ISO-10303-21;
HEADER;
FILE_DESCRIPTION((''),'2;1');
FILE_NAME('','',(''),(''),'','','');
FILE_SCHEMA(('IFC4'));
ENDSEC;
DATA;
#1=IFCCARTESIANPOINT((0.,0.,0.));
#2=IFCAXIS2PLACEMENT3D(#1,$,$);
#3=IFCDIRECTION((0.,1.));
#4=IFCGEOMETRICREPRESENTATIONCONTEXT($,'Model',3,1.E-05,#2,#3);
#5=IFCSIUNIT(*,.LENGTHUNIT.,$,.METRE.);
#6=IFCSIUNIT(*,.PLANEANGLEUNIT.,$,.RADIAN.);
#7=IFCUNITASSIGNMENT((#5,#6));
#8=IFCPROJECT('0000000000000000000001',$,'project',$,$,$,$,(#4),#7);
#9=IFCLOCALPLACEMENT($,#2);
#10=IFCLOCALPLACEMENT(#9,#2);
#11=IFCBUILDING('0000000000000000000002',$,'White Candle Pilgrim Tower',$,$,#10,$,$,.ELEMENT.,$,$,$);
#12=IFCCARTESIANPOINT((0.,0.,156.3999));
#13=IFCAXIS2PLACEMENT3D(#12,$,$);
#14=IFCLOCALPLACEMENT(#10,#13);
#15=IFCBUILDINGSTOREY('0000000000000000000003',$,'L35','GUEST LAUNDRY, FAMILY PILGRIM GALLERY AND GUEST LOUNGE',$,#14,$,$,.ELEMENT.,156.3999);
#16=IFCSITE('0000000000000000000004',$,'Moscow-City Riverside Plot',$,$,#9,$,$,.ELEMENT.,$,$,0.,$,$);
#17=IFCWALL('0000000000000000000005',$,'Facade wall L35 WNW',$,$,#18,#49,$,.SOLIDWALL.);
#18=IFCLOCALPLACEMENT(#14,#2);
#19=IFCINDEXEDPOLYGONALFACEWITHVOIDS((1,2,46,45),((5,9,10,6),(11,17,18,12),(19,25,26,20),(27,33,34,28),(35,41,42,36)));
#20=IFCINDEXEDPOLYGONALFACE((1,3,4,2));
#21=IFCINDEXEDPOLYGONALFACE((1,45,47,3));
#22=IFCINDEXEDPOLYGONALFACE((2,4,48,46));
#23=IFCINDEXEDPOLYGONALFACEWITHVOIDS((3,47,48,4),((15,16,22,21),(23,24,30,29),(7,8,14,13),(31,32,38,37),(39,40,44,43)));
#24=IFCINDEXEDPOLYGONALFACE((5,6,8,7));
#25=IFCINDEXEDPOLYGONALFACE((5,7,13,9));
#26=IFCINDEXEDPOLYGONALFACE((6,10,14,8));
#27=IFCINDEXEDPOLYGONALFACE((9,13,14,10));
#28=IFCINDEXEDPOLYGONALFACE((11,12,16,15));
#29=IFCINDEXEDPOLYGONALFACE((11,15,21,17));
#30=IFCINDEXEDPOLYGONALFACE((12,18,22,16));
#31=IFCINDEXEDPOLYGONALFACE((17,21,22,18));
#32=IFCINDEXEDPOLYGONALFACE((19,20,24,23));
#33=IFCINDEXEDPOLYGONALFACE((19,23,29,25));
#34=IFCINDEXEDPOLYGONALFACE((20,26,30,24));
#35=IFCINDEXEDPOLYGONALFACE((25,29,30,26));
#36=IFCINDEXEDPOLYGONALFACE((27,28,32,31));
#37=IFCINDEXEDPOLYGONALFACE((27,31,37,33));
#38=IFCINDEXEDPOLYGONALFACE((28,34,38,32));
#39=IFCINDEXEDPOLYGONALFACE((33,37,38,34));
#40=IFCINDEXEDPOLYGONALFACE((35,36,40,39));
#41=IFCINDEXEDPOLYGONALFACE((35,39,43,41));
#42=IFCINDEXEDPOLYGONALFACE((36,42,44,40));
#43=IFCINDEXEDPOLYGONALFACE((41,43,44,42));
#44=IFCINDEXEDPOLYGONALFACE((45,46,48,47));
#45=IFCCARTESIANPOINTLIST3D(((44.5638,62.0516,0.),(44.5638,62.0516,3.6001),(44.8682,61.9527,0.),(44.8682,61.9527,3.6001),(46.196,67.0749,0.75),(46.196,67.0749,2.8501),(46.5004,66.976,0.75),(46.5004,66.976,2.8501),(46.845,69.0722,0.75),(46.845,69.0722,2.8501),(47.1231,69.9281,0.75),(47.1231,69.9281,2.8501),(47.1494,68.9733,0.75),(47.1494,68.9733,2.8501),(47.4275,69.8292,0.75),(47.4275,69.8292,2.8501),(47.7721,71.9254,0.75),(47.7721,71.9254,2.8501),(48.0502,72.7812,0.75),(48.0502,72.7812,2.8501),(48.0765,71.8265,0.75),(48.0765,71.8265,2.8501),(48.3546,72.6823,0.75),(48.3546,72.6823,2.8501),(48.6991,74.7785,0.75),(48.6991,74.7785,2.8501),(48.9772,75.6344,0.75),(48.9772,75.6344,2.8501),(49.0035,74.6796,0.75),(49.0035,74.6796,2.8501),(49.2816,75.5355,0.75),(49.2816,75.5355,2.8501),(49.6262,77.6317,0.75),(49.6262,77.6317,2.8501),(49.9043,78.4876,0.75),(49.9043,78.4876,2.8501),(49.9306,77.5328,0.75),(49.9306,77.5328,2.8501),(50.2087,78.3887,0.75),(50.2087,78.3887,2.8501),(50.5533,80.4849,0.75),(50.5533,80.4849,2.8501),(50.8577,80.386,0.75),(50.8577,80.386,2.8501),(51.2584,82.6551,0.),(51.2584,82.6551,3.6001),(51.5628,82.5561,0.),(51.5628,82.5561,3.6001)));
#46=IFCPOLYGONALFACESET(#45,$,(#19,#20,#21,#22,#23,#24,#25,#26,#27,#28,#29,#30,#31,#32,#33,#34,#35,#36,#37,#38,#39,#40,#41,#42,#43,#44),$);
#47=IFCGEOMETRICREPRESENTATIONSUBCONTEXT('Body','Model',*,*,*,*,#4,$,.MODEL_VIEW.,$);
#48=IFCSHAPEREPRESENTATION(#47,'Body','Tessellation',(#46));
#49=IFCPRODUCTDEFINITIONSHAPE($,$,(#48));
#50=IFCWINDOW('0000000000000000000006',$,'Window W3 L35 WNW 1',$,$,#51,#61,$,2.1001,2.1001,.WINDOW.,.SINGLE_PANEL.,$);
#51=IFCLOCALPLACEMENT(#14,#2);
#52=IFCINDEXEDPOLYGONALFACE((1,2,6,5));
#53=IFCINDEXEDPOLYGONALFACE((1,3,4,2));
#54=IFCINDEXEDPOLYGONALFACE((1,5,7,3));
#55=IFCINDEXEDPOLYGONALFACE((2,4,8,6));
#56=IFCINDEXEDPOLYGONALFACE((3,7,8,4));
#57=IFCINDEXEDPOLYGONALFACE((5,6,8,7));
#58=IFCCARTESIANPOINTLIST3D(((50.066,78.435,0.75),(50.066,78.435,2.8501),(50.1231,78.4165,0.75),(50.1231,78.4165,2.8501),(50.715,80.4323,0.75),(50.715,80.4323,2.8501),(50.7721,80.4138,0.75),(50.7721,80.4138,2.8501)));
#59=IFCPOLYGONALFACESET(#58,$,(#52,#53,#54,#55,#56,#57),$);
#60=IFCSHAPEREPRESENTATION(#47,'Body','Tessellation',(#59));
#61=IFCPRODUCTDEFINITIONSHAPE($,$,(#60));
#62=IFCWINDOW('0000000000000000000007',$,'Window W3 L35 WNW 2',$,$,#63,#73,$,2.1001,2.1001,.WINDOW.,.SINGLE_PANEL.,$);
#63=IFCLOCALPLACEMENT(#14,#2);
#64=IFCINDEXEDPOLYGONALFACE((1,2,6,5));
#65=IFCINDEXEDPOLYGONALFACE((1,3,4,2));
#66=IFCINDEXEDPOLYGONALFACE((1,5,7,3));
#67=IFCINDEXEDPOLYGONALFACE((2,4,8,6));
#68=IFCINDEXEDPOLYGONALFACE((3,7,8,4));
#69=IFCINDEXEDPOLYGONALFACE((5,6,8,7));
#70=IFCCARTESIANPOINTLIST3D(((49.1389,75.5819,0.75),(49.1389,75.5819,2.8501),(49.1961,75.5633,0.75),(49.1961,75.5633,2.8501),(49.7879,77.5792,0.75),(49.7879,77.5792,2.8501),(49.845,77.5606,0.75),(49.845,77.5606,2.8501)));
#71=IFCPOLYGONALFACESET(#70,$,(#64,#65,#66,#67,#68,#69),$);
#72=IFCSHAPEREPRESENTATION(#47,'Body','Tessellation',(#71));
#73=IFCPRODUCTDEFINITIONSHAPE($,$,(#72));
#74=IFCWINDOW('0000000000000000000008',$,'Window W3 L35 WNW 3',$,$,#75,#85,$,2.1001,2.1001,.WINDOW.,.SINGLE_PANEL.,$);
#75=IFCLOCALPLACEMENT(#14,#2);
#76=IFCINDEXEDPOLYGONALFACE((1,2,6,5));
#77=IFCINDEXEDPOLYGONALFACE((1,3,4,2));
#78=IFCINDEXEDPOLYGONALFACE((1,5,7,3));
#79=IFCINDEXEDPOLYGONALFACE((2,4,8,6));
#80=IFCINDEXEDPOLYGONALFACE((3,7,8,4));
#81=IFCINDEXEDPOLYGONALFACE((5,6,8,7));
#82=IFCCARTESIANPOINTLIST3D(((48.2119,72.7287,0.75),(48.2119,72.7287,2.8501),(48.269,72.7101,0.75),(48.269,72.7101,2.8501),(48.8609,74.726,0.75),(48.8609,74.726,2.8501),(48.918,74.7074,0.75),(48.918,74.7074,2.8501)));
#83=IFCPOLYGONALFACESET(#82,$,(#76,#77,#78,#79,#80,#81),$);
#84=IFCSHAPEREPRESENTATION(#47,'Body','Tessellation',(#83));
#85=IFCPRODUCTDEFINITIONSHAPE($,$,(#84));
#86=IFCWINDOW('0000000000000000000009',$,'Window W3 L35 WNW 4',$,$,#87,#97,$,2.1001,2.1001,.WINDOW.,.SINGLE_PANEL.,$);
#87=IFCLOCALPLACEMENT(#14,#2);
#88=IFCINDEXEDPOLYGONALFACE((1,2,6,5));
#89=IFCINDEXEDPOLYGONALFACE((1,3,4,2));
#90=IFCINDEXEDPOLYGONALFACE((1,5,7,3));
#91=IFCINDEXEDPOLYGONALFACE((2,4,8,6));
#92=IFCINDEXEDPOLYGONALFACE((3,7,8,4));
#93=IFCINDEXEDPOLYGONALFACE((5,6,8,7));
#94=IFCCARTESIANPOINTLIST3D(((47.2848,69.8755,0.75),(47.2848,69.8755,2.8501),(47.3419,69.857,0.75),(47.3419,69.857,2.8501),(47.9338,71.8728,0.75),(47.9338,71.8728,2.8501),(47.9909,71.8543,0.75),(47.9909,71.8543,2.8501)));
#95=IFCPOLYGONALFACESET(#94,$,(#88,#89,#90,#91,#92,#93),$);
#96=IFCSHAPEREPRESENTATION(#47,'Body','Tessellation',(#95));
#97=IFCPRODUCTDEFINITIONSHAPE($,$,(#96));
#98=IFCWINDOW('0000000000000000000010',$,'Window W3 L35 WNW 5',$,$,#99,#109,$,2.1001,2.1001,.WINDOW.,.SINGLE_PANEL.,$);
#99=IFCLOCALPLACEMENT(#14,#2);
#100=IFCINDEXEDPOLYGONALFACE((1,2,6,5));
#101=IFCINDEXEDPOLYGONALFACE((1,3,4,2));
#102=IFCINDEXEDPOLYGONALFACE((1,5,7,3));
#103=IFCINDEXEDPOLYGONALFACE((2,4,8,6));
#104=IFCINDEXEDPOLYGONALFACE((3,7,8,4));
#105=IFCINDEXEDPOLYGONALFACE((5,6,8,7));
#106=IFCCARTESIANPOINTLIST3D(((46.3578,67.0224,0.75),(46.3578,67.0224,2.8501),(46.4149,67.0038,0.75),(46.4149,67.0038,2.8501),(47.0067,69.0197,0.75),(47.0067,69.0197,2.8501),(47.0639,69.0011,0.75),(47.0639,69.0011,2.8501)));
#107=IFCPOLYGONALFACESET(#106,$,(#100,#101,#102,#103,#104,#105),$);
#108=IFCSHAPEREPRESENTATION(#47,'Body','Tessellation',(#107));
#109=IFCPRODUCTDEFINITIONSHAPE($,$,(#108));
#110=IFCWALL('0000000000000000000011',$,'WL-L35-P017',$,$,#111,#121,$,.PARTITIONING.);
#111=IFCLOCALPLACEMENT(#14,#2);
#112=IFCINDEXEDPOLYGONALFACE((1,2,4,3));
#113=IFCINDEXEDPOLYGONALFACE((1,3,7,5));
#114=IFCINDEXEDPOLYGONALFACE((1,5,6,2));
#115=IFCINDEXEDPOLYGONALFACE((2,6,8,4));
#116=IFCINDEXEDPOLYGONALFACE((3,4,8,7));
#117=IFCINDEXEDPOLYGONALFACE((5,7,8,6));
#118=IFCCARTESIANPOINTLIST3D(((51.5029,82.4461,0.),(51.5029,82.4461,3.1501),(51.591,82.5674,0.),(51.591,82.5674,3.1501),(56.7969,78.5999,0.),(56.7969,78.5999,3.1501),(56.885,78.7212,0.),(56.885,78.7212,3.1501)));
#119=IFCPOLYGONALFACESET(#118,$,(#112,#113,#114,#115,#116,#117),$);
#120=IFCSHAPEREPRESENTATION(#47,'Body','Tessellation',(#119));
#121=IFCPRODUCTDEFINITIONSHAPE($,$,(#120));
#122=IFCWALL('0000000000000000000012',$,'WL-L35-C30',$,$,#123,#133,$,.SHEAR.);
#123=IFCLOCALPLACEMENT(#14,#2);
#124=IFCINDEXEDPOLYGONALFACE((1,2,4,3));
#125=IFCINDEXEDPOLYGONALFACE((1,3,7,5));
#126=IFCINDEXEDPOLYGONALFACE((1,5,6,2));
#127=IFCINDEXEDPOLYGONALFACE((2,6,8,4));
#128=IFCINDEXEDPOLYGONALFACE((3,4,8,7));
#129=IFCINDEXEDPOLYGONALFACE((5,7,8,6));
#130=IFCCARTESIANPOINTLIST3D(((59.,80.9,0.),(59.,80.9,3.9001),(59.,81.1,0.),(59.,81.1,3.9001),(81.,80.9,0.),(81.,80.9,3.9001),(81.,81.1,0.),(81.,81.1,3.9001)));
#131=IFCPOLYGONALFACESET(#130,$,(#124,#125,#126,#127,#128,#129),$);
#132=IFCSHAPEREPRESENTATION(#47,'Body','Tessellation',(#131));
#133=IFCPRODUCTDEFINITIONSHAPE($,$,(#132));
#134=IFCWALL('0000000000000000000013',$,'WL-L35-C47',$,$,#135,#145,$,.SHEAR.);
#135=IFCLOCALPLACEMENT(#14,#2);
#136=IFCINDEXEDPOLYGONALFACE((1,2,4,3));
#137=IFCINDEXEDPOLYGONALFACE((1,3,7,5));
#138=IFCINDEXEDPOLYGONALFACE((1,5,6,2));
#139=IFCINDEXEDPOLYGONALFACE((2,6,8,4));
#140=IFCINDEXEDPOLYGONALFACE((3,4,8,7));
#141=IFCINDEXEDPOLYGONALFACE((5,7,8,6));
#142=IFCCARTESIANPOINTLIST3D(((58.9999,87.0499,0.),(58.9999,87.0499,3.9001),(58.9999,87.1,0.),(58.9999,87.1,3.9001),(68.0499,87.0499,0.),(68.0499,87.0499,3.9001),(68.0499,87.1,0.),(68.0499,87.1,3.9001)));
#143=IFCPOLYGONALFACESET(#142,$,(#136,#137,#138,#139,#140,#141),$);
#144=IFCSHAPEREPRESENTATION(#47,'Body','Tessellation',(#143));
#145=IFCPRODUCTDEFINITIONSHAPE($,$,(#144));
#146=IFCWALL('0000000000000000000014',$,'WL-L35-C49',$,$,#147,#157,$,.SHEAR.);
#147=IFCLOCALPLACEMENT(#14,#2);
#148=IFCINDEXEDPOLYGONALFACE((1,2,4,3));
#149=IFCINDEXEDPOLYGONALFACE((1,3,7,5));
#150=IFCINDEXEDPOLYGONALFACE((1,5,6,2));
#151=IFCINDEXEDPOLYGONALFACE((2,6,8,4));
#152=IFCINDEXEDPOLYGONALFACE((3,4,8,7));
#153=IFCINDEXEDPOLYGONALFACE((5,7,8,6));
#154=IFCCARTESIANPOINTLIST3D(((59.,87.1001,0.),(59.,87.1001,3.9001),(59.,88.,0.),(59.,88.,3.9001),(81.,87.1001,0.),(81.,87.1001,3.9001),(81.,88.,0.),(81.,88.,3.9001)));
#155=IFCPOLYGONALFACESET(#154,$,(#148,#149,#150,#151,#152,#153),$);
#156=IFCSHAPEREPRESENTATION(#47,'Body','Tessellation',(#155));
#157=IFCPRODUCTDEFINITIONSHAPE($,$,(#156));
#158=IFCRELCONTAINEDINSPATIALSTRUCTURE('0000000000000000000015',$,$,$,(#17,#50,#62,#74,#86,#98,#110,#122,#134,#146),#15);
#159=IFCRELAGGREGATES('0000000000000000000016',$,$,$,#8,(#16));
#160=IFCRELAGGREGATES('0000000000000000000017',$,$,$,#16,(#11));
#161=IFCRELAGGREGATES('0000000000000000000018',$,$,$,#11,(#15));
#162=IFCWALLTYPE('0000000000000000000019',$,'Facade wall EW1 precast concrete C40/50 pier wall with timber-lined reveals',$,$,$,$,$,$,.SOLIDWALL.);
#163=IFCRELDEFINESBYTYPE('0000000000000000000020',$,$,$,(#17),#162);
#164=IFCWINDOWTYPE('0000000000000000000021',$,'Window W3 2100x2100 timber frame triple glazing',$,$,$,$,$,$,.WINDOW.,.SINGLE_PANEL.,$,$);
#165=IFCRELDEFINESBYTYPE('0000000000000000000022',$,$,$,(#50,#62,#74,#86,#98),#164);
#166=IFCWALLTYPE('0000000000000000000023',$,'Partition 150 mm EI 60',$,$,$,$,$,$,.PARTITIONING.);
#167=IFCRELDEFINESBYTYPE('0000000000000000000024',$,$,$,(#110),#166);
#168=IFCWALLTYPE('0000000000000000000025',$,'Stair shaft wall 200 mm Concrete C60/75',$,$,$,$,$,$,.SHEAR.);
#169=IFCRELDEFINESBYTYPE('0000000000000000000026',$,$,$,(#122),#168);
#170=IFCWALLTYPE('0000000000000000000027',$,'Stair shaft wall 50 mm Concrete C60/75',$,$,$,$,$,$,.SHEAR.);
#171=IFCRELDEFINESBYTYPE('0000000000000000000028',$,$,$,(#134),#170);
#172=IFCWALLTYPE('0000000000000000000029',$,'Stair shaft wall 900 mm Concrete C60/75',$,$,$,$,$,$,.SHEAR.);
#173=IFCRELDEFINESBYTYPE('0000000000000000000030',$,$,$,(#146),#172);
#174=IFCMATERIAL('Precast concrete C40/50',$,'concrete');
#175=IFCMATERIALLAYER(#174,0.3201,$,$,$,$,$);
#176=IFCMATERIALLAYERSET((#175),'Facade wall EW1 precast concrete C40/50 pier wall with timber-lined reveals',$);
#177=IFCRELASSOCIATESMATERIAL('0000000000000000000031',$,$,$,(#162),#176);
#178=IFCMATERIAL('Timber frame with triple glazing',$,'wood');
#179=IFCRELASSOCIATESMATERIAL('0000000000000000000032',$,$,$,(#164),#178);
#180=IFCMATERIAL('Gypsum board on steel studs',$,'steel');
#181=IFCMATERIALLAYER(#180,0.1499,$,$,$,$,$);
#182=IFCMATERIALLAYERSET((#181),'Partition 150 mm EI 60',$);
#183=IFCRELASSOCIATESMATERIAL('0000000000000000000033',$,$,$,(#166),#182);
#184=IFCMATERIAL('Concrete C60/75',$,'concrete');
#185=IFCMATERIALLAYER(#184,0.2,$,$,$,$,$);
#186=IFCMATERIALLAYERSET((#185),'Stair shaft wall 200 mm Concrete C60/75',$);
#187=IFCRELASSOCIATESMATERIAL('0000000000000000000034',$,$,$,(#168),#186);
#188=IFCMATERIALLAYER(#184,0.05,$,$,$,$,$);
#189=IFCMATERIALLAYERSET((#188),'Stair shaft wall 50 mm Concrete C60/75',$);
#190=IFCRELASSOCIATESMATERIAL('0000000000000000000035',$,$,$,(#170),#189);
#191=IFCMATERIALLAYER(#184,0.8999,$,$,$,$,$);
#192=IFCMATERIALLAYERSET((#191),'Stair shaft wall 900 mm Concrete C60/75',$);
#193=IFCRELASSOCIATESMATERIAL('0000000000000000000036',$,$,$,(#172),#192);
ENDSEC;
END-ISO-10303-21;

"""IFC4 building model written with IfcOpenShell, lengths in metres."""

from ifc_helpers import new_model, si_unit, direction, frame, frame_2d, origin, place, context, subcontext, project, spatial, rectangle, extrude, material, layer, layer_set, type_object, element, fill, save


model = new_model("IFC4")

# Units and contexts
model_context = context("Model", 3, precision=1e-05, world=origin(), true_north=direction((0.0, 1.0)))
body_context = subcontext(model_context, "Body", "Model", "MODEL_VIEW")
ifc_project = project(units=[si_unit("LENGTHUNIT", "METRE"), si_unit("PLANEANGLEUNIT", "RADIAN")], contexts=[model_context])

# Site, building, storey
site_placement = place(None, origin())
site = spatial("IfcSite", under=ifc_project, at=site_placement, Name="Moscow-City Riverside Plot", CompositionType="ELEMENT", RefElevation=0.0)
building_placement = place(site_placement, origin())
building = spatial("IfcBuilding", under=site, at=building_placement, Name="White Candle Pilgrim Tower", CompositionType="ELEMENT")
storey_placement = place(building_placement, frame((0.0, 0.0, 156.3999)))
storey = spatial("IfcBuildingStorey", under=building, at=storey_placement, Name="L35", Description="GUEST LAUNDRY, FAMILY PILGRIM GALLERY AND GUEST LOUNGE", CompositionType="ELEMENT", Elevation=156.3999)

# Shared definitions
ifc_material_1 = material(Name="Concrete C60/75", Category="concrete")

# Shared definitions
ifc_material_2 = material(Name="Precast concrete C40/50", Category="concrete")
ifc_layer_1 = layer(ifc_material_2, 0.3201)
ifc_layer_set_1 = layer_set([ifc_layer_1], Name="Facade wall EW1 precast concrete C40/50 pier wall with timber-lined reveals")
wall_type_1 = type_object("IfcWallType", Name="Facade wall EW1 precast concrete C40/50 pier wall with timber-lined reveals", PredefinedType="SOLIDWALL", material=ifc_layer_set_1)

# Wall, openings, windows
ifc_material_3 = material(Name="Timber frame with triple glazing", Category="wood")
wall_1_placement = place(storey_placement, frame((51.4106, 82.6057, 0.0), z_axis=(0.0, 0.0, 1.0), x_axis=(-0.309021, -0.951055, 0.0)))
wall_1 = element("IfcWall", 1, at=wall_1_placement, inside=storey, type_object=wall_type_1, Name="Facade wall L35 WNW", PredefinedType="SOLIDWALL", context=body_context, shape_type="SweptSolid", body=[
    extrude(rectangle(XDim=21.6638, YDim=0.3201, at=frame_2d((10.832, 0.0))), origin(), (0.0, 0.0, 1.0), 3.6001),
])
opening_1_placement = place(wall_1_placement, frame((2.282, 0.0, 0.75)))
opening_1 = element("IfcOpeningElement", 2, at=opening_1_placement, cuts=wall_1, PredefinedType="OPENING", context=body_context, shape_type="SweptSolid", body=[
    extrude(rectangle(XDim=2.1001, YDim=2.1001, at=frame_2d((1.05, 1.05))), frame((0.0, 0.1699, 0.0), z_axis=(0.0, -1.0, 0.0), x_axis=(1.0, 0.0, 0.0)), (0.0, 0.0, 1.0), 0.3401),
])
opening_2_placement = place(wall_1_placement, frame((5.282, 0.0, 0.75)))
opening_2 = element("IfcOpeningElement", 3, at=opening_2_placement, cuts=wall_1, PredefinedType="OPENING", context=body_context, shape_type="SweptSolid", body=[
    extrude(rectangle(XDim=2.1001, YDim=2.1001, at=frame_2d((1.05, 1.05))), frame((0.0, 0.1699, 0.0), z_axis=(0.0, -1.0, 0.0), x_axis=(1.0, 0.0, 0.0)), (0.0, 0.0, 1.0), 0.3401),
])
opening_3_placement = place(wall_1_placement, frame((8.282, 0.0, 0.75)))
opening_3 = element("IfcOpeningElement", 4, at=opening_3_placement, cuts=wall_1, PredefinedType="OPENING", context=body_context, shape_type="SweptSolid", body=[
    extrude(rectangle(XDim=2.1001, YDim=2.1001, at=frame_2d((1.05, 1.05))), frame((0.0, 0.1699, 0.0), z_axis=(0.0, -1.0, 0.0), x_axis=(1.0, 0.0, 0.0)), (0.0, 0.0, 1.0), 0.3401),
])
opening_4_placement = place(wall_1_placement, frame((11.282, 0.0, 0.75)))
opening_4 = element("IfcOpeningElement", 5, at=opening_4_placement, cuts=wall_1, PredefinedType="OPENING", context=body_context, shape_type="SweptSolid", body=[
    extrude(rectangle(XDim=2.1001, YDim=2.1001, at=frame_2d((1.05, 1.05))), frame((0.0, 0.1699, 0.0), z_axis=(0.0, -1.0, 0.0), x_axis=(1.0, 0.0, 0.0)), (0.0, 0.0, 1.0), 0.3401),
])
opening_5_placement = place(wall_1_placement, frame((14.282, 0.0, 0.75)))
opening_5 = element("IfcOpeningElement", 6, at=opening_5_placement, cuts=wall_1, PredefinedType="OPENING", context=body_context, shape_type="SweptSolid", body=[
    extrude(rectangle(XDim=2.1001, YDim=2.1001, at=frame_2d((1.05, 1.05))), frame((0.0, 0.1699, 0.0), z_axis=(0.0, -1.0, 0.0), x_axis=(1.0, 0.0, 0.0)), (0.0, 0.0, 1.0), 0.3401),
])
window_type_1 = type_object("IfcWindowType", Name="Window W3 2100x2100 timber frame triple glazing", PartitioningType="SINGLE_PANEL", PredefinedType="WINDOW", material=ifc_material_3)
window_1_placement = place(opening_1_placement, origin())
window_1 = element("IfcWindow", 7, at=window_1_placement, inside=storey, type_object=window_type_1, Name="Window W3 L35 WNW 1", OverallHeight=2.1001, OverallWidth=2.1001, PartitioningType="SINGLE_PANEL", PredefinedType="WINDOW", context=body_context, shape_type="SweptSolid", body=[
    extrude(rectangle(XDim=2.1001, YDim=2.1001, at=frame_2d((1.05, 1.05))), frame((0.0, 0.0701, 0.0), z_axis=(0.0, -1.0, 0.0), x_axis=(1.0, 0.0, 0.0)), (0.0, 0.0, 1.0), 0.0601),
])
fill(opening_1, window_1)
window_2_placement = place(opening_2_placement, origin())
window_2 = element("IfcWindow", 8, at=window_2_placement, inside=storey, type_object=window_type_1, Name="Window W3 L35 WNW 2", OverallHeight=2.1001, OverallWidth=2.1001, PartitioningType="SINGLE_PANEL", PredefinedType="WINDOW", context=body_context, shape_type="SweptSolid", body=[
    extrude(rectangle(XDim=2.1001, YDim=2.1001, at=frame_2d((1.05, 1.05))), frame((0.0, 0.0701, 0.0), z_axis=(0.0, -1.0, 0.0), x_axis=(1.0, 0.0, 0.0)), (0.0, 0.0, 1.0), 0.0601),
])
fill(opening_2, window_2)
window_3_placement = place(opening_3_placement, origin())
window_3 = element("IfcWindow", 9, at=window_3_placement, inside=storey, type_object=window_type_1, Name="Window W3 L35 WNW 3", OverallHeight=2.1001, OverallWidth=2.1001, PartitioningType="SINGLE_PANEL", PredefinedType="WINDOW", context=body_context, shape_type="SweptSolid", body=[
    extrude(rectangle(XDim=2.1001, YDim=2.1001, at=frame_2d((1.05, 1.05))), frame((0.0, 0.0701, 0.0), z_axis=(0.0, -1.0, 0.0), x_axis=(1.0, 0.0, 0.0)), (0.0, 0.0, 1.0), 0.0601),
])
fill(opening_3, window_3)
window_4_placement = place(opening_4_placement, origin())
window_4 = element("IfcWindow", 10, at=window_4_placement, inside=storey, type_object=window_type_1, Name="Window W3 L35 WNW 4", OverallHeight=2.1001, OverallWidth=2.1001, PartitioningType="SINGLE_PANEL", PredefinedType="WINDOW", context=body_context, shape_type="SweptSolid", body=[
    extrude(rectangle(XDim=2.1001, YDim=2.1001, at=frame_2d((1.05, 1.05))), frame((0.0, 0.0701, 0.0), z_axis=(0.0, -1.0, 0.0), x_axis=(1.0, 0.0, 0.0)), (0.0, 0.0, 1.0), 0.0601),
])
fill(opening_4, window_4)
window_5_placement = place(opening_5_placement, origin())
window_5 = element("IfcWindow", 11, at=window_5_placement, inside=storey, type_object=window_type_1, Name="Window W3 L35 WNW 5", OverallHeight=2.1001, OverallWidth=2.1001, PartitioningType="SINGLE_PANEL", PredefinedType="WINDOW", context=body_context, shape_type="SweptSolid", body=[
    extrude(rectangle(XDim=2.1001, YDim=2.1001, at=frame_2d((1.05, 1.05))), frame((0.0, 0.0701, 0.0), z_axis=(0.0, -1.0, 0.0), x_axis=(1.0, 0.0, 0.0)), (0.0, 0.0, 1.0), 0.0601),
])
fill(opening_5, window_5)

# Walls
ifc_material_4 = material(Name="Gypsum board on steel studs", Category="steel")
ifc_layer_2 = layer(ifc_material_4, 0.1499)
ifc_layer_set_2 = layer_set([ifc_layer_2], Name="Partition 150 mm EI 60")
wall_type_2 = type_object("IfcWallType", Name="Partition 150 mm EI 60", PredefinedType="PARTITIONING", material=ifc_layer_set_2)
wall_2_placement = place(storey_placement, frame((51.5469, 82.5068, 0.0), z_axis=(0.0, 0.0, 1.0), x_axis=(0.809023, -0.587777, 0.0)))
element("IfcWall", 12, at=wall_2_placement, inside=storey, type_object=wall_type_2, Name="WL-L35-P017", PredefinedType="PARTITIONING", context=body_context, shape_type="SweptSolid", body=[
    extrude(rectangle(XDim=6.5437, YDim=0.1499, at=frame_2d((3.272, 0.0))), origin(), (0.0, 0.0, 1.0), 3.1501),
])
ifc_layer_3 = layer(ifc_material_1, 0.2)
ifc_layer_set_3 = layer_set([ifc_layer_3], Name="Stair shaft wall 200 mm Concrete C60/75")
wall_type_3 = type_object("IfcWallType", Name="Stair shaft wall 200 mm Concrete C60/75", PredefinedType="SHEAR", material=ifc_layer_set_3)
wall_3_placement = place(storey_placement, frame((59.0, 81.0, 0.0), z_axis=(0.0, 0.0, 1.0), x_axis=(1.0, 0.0, 0.0)))
element("IfcWall", 13, at=wall_3_placement, inside=storey, type_object=wall_type_3, Name="WL-L35-C30", PredefinedType="SHEAR", context=body_context, shape_type="SweptSolid", body=[
    extrude(rectangle(XDim=22.0, YDim=0.2, at=frame_2d((11.0, 0.0))), origin(), (0.0, 0.0, 1.0), 3.9001),
])
ifc_layer_4 = layer(ifc_material_1, 0.05)
ifc_layer_set_4 = layer_set([ifc_layer_4], Name="Stair shaft wall 50 mm Concrete C60/75")
wall_type_4 = type_object("IfcWallType", Name="Stair shaft wall 50 mm Concrete C60/75", PredefinedType="SHEAR", material=ifc_layer_set_4)
wall_4_placement = place(storey_placement, frame((59.0, 87.075, 0.0), z_axis=(0.0, 0.0, 1.0), x_axis=(1.0, 0.0, 0.0)))
element("IfcWall", 14, at=wall_4_placement, inside=storey, type_object=wall_type_4, Name="WL-L35-C47", PredefinedType="SHEAR", context=body_context, shape_type="SweptSolid", body=[
    extrude(rectangle(XDim=9.05, YDim=0.05, at=frame_2d((4.5249, 0.0))), origin(), (0.0, 0.0, 1.0), 3.9001),
])
ifc_layer_5 = layer(ifc_material_1, 0.8999)
ifc_layer_set_5 = layer_set([ifc_layer_5], Name="Stair shaft wall 900 mm Concrete C60/75")
wall_type_5 = type_object("IfcWallType", Name="Stair shaft wall 900 mm Concrete C60/75", PredefinedType="SHEAR", material=ifc_layer_set_5)
wall_5_placement = place(storey_placement, frame((59.0, 87.55, 0.0), z_axis=(0.0, 0.0, 1.0), x_axis=(1.0, 0.0, 0.0)))
element("IfcWall", 15, at=wall_5_placement, inside=storey, type_object=wall_type_5, Name="WL-L35-C49", PredefinedType="SHEAR", context=body_context, shape_type="SweptSolid", body=[
    extrude(rectangle(XDim=22.0, YDim=0.8999, at=frame_2d((11.0, 0.0))), origin(), (0.0, 0.0, 1.0), 3.9001),
])

save(model, "model.ifc")
